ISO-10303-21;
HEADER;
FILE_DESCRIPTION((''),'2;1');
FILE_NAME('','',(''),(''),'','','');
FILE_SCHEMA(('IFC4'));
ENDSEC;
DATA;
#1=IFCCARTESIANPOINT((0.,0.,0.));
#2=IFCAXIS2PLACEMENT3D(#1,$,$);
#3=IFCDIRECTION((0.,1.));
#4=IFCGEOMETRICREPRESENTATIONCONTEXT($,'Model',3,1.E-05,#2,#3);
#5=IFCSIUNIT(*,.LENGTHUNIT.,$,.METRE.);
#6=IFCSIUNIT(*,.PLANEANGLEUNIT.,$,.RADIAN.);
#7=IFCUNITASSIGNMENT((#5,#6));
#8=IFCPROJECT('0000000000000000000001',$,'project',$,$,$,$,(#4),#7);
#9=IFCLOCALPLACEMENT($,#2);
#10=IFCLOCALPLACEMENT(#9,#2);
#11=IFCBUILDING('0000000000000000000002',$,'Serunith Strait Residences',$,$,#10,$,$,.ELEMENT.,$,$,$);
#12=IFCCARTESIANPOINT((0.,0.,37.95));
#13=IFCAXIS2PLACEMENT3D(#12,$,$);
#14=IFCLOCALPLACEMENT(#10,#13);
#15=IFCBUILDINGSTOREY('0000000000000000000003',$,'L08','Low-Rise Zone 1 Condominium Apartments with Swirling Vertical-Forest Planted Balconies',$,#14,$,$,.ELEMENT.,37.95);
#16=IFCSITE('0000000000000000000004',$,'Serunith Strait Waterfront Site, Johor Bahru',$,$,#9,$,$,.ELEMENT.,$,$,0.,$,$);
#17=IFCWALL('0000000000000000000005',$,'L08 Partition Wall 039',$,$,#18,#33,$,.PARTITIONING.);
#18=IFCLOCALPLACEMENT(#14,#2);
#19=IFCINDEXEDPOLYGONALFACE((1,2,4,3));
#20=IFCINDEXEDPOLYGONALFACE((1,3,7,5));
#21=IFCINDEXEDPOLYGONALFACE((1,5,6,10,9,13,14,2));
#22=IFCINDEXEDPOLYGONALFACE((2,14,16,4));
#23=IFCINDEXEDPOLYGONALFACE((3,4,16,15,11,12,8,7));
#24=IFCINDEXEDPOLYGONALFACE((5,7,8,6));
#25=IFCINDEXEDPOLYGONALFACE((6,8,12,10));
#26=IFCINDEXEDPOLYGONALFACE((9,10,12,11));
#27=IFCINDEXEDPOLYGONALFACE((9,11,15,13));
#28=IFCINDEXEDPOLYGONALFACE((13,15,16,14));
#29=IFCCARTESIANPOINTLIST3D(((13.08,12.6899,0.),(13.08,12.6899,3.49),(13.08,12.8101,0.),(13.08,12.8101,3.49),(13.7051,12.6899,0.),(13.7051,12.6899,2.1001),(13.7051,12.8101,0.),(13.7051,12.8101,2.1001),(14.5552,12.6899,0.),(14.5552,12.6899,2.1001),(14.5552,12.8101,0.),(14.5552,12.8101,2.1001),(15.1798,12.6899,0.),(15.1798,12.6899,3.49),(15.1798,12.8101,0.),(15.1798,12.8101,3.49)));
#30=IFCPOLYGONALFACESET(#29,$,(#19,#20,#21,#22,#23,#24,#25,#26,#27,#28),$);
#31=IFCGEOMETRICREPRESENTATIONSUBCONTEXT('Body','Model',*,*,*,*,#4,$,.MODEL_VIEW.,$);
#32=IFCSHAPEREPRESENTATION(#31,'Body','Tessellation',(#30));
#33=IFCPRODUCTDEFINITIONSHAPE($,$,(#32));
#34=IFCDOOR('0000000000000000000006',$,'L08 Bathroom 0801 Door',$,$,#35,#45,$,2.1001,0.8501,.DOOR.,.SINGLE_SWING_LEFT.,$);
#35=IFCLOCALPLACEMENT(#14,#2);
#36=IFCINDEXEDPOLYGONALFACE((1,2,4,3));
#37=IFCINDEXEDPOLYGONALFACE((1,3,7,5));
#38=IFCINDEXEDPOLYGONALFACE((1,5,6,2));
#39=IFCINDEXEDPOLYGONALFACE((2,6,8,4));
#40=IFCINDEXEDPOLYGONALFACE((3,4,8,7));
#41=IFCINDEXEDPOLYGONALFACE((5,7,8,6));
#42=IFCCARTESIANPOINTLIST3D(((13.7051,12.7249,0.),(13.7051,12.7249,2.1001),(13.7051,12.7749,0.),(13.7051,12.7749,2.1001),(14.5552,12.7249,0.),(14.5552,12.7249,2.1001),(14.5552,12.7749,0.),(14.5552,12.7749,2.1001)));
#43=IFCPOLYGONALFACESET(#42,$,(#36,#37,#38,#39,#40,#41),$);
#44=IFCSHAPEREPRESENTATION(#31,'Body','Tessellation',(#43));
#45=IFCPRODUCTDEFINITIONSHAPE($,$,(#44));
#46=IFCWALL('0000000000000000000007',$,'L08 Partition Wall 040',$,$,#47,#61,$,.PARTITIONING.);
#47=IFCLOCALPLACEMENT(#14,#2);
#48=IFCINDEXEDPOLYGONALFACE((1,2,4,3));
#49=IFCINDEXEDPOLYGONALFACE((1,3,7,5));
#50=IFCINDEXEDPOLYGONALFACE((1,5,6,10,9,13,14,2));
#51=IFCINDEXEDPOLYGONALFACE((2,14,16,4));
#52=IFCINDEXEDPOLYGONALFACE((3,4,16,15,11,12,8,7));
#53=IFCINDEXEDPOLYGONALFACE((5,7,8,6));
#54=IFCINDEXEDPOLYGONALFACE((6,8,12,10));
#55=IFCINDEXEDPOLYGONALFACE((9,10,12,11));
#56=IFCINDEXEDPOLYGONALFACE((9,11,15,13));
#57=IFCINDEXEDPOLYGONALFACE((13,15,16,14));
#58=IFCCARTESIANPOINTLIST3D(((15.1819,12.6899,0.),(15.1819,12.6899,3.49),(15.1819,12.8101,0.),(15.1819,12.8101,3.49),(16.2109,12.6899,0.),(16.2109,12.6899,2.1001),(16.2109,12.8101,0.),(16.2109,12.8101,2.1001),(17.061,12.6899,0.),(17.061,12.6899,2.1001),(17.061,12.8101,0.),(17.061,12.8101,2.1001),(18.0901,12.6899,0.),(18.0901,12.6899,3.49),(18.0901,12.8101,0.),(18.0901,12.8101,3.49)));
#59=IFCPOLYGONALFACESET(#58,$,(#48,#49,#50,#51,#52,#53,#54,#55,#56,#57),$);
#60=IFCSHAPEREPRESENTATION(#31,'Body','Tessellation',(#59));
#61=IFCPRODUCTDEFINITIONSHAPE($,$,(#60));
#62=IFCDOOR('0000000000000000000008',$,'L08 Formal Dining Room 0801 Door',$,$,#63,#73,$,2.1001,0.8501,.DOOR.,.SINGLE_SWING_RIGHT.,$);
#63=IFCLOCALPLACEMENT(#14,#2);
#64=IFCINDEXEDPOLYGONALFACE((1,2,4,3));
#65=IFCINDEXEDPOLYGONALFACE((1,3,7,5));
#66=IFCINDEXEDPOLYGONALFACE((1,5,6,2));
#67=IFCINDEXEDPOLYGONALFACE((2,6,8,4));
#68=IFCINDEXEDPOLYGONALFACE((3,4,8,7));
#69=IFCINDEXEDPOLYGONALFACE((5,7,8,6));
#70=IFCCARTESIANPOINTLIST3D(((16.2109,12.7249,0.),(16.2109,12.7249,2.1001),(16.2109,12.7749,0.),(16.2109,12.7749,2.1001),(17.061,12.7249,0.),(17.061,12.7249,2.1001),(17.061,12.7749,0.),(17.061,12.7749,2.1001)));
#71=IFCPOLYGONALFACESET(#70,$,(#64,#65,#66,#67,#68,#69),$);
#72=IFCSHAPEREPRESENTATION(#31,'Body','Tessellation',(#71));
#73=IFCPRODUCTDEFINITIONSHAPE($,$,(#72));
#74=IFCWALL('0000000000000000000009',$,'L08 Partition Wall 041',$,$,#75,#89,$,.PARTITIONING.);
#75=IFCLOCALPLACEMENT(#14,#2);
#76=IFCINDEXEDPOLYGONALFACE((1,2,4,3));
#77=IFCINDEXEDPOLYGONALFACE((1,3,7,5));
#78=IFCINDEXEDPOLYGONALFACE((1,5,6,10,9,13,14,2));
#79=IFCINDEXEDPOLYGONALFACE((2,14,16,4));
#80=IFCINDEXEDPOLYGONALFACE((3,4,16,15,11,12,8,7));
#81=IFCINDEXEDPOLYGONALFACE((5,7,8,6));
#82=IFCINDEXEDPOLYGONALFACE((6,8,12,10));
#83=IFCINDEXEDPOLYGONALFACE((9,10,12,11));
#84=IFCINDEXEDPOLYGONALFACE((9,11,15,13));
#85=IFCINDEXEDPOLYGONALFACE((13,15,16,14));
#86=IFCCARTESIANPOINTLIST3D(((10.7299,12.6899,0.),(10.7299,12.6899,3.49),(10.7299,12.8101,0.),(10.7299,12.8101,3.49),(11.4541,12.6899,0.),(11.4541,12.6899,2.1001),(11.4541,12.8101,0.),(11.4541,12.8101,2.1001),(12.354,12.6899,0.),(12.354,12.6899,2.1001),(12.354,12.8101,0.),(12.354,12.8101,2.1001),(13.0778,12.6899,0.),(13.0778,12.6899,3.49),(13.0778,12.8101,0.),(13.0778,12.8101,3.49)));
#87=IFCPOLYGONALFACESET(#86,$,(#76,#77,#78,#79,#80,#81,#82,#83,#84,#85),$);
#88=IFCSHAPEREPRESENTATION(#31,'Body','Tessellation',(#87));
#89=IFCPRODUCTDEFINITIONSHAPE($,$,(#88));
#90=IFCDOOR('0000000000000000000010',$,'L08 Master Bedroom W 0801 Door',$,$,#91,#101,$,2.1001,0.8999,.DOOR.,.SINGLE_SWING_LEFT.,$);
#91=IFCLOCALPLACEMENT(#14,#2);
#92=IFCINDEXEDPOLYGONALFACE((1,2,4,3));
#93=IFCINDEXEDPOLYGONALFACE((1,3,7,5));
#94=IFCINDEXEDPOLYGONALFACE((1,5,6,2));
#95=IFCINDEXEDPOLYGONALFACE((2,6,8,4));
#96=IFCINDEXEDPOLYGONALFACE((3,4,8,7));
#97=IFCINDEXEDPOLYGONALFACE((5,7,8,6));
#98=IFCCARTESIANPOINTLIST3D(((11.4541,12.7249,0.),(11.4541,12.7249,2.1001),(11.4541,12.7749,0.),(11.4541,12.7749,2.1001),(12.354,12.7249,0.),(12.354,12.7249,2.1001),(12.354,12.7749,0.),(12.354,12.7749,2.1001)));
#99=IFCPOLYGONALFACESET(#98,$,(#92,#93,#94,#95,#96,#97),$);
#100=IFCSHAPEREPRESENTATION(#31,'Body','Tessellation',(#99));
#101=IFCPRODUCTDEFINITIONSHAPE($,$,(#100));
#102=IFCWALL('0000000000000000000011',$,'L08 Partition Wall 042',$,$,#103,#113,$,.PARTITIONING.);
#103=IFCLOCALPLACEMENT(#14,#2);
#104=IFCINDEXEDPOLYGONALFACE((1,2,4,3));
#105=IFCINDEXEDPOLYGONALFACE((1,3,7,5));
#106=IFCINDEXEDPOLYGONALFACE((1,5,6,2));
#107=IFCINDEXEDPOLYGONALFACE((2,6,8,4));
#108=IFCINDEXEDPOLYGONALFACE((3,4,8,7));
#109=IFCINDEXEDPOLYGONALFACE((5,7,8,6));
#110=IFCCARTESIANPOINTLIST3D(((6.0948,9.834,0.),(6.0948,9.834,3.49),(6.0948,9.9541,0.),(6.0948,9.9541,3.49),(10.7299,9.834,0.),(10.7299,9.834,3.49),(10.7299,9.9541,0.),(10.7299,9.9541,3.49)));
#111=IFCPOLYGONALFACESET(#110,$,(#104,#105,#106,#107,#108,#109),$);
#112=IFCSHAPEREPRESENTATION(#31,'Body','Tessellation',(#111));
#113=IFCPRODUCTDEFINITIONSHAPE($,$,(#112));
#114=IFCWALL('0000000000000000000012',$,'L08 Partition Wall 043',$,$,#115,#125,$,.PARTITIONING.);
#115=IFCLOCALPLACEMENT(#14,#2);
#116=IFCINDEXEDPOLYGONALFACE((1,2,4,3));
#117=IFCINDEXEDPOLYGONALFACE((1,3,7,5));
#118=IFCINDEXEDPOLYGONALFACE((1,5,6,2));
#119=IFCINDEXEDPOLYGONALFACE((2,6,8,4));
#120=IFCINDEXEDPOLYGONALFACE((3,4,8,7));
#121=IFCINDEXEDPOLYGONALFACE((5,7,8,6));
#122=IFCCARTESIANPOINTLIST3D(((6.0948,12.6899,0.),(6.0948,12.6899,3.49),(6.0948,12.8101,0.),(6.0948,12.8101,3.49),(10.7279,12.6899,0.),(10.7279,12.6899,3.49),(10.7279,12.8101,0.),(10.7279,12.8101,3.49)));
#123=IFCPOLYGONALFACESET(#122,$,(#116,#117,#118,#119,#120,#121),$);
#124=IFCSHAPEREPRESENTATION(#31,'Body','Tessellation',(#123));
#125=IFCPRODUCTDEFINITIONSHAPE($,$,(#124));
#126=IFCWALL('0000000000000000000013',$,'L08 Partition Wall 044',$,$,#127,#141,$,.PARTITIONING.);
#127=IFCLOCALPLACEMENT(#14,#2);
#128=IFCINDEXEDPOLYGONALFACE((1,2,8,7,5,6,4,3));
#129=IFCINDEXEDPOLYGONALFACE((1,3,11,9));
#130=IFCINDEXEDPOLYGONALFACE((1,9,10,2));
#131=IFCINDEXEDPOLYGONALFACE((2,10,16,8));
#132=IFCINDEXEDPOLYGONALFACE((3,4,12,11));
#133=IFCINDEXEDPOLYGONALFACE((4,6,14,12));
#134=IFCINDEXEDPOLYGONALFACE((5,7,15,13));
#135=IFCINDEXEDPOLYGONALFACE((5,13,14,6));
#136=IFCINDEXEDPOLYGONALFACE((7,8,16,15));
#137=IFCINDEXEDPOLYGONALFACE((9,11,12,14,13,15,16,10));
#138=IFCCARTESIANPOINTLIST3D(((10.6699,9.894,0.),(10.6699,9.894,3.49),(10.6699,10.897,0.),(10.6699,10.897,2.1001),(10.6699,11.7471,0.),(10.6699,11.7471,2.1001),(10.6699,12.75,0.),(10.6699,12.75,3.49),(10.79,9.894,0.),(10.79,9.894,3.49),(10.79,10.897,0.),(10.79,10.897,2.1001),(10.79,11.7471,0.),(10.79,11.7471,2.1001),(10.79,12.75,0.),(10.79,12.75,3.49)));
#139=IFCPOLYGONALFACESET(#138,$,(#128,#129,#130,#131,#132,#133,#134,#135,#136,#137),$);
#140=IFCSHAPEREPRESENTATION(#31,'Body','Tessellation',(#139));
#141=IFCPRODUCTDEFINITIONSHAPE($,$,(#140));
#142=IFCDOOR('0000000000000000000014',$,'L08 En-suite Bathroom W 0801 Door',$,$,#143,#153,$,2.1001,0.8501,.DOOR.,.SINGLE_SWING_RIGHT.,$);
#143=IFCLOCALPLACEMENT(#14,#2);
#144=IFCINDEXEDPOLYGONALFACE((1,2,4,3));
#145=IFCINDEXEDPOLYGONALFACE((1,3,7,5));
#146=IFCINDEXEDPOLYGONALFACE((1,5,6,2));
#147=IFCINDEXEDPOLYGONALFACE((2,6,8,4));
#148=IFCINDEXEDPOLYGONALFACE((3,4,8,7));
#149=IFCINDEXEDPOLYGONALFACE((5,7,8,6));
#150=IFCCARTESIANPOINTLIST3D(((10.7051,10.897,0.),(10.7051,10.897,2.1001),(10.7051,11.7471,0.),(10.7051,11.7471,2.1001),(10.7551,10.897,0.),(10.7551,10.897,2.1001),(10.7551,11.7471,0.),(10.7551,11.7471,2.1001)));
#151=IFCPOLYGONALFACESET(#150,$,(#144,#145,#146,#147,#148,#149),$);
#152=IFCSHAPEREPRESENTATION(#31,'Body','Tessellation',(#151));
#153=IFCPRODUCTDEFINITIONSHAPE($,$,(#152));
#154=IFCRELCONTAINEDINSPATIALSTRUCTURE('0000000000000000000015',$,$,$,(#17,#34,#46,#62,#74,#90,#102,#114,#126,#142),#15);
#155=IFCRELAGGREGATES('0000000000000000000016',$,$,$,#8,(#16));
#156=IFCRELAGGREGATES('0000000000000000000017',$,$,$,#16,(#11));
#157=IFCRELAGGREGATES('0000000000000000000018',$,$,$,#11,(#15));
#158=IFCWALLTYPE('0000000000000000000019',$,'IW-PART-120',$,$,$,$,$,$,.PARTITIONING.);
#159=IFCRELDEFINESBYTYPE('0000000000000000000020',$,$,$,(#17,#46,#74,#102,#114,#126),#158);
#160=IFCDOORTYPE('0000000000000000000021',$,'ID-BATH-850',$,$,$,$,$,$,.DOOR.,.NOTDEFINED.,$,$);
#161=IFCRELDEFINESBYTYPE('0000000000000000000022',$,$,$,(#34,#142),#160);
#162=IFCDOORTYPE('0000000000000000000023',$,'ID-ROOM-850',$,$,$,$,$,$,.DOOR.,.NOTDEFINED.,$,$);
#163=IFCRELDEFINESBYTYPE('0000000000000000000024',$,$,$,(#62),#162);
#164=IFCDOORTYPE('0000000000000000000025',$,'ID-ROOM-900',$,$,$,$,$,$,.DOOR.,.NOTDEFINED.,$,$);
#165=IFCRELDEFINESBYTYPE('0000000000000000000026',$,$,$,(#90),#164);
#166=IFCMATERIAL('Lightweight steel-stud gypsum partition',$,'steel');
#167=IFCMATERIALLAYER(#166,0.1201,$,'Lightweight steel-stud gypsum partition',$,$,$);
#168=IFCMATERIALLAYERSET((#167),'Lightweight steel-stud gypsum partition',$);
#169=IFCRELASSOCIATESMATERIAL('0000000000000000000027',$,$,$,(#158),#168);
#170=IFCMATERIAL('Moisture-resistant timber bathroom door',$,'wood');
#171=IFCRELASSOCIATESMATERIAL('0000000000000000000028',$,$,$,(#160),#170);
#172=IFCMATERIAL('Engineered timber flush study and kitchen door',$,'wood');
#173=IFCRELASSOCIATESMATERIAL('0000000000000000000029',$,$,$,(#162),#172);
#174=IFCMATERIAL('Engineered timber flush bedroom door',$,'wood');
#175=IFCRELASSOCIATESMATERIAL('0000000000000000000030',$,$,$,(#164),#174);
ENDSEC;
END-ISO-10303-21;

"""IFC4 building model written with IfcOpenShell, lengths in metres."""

from ifc_helpers import new_model, si_unit, direction, frame, frame_2d, origin, place, context, subcontext, project, spatial, rectangle, extrude, source, transform, mapped, material, layer, layer_set, type_object, element, fill, save


model = new_model("IFC4")

# Units and contexts
model_context = context("Model", 3, precision=1e-05, world=origin(), true_north=direction((0.0, 1.0)))
body_context = subcontext(model_context, "Body", "Model", "MODEL_VIEW")
ifc_project = project(units=[si_unit("LENGTHUNIT", "METRE"), si_unit("PLANEANGLEUNIT", "RADIAN")], contexts=[model_context])

# Site, building, storey
site_placement = place(None, origin())
site = spatial("IfcSite", under=ifc_project, at=site_placement, Name="Serunith Strait Waterfront Site, Johor Bahru", CompositionType="ELEMENT", RefElevation=0.0)
building_placement = place(site_placement, origin())
building = spatial("IfcBuilding", under=site, at=building_placement, Name="Serunith Strait Residences", CompositionType="ELEMENT")
storey_placement = place(building_placement, frame((0.0, 0.0, 37.95)))
storey = spatial("IfcBuildingStorey", under=building, at=storey_placement, Name="L08", Description="Low-Rise Zone 1 Condominium Apartments with Swirling Vertical-Forest Planted Balconies", CompositionType="ELEMENT", Elevation=37.95)

# Walls, openings, doors
ifc_material_1 = material(Name="Lightweight steel-stud gypsum partition", Category="steel")
ifc_layer_1 = layer(ifc_material_1, 0.1201, Name="Lightweight steel-stud gypsum partition")
ifc_layer_set_1 = layer_set([ifc_layer_1], Name="Lightweight steel-stud gypsum partition")
wall_type_1 = type_object("IfcWallType", Name="IW-PART-120", PredefinedType="PARTITIONING", material=ifc_layer_set_1)
wall_1_placement = place(storey_placement, frame((13.0801, 12.75, 0.0), z_axis=(0.0, 0.0, 1.0), x_axis=(1.0, 0.0, 0.0)))
wall_1 = element("IfcWall", 1, at=wall_1_placement, inside=storey, type_object=wall_type_1, Name="L08 Partition Wall 039", PredefinedType="PARTITIONING", context=body_context, shape_type="SweptSolid", body=[
    extrude(rectangle(XDim=2.0999, YDim=0.1201, at=frame_2d((1.0498, 0.0))), origin(), (0.0, 0.0, 1.0), 3.49),
])
opening_1_placement = place(wall_1_placement, frame((0.625, 0.0, 0.0)))
opening_1 = element("IfcOpeningElement", 2, at=opening_1_placement, cuts=wall_1, PredefinedType="OPENING", context=body_context, shape_type="SweptSolid", body=[
    extrude(rectangle(XDim=0.8501, YDim=2.1001, at=frame_2d((0.425, 1.05))), frame((0.0, 0.0701, 0.0), z_axis=(0.0, -1.0, 0.0), x_axis=(1.0, 0.0, 0.0)), (0.0, 0.0, 1.0), 0.1401),
])
ifc_material_2 = material(Name="Moisture-resistant timber bathroom door", Category="wood")
door_type_1 = type_object("IfcDoorType", Name="ID-BATH-850", OperationType="NOTDEFINED", PredefinedType="DOOR", material=ifc_material_2)
shared_shape_1 = source(origin(), body_context, "Body", "SweptSolid", [
    extrude(rectangle(XDim=0.8501, YDim=2.1001, at=frame_2d((0.425, 1.05))), frame((0.0, 0.0249, 0.0), z_axis=(0.0, -1.0, 0.0), x_axis=(1.0, 0.0, 0.0)), (0.0, 0.0, 1.0), 0.05),
])
door_1_placement = place(opening_1_placement, origin())
door_1 = element("IfcDoor", 3, at=door_1_placement, inside=storey, type_object=door_type_1, Name="L08 Bathroom 0801 Door", OperationType="SINGLE_SWING_LEFT", OverallHeight=2.1001, OverallWidth=0.8501, PredefinedType="DOOR", context=body_context, shape_type="MappedRepresentation", body=[
    mapped(shared_shape_1, transform((0.0, 0.0, 0.0), scale=1.0)),
])
fill(opening_1, door_1)
wall_2_placement = place(storey_placement, frame((15.1819, 12.75, 0.0), z_axis=(0.0, 0.0, 1.0), x_axis=(1.0, 0.0, 0.0)))
wall_2 = element("IfcWall", 4, at=wall_2_placement, inside=storey, type_object=wall_type_1, Name="L08 Partition Wall 040", PredefinedType="PARTITIONING", context=body_context, shape_type="SweptSolid", body=[
    extrude(rectangle(XDim=2.9082, YDim=0.1201, at=frame_2d((1.4541, 0.0))), origin(), (0.0, 0.0, 1.0), 3.49),
])
opening_2_placement = place(wall_2_placement, frame((1.0291, 0.0, 0.0)))
opening_2 = element("IfcOpeningElement", 5, at=opening_2_placement, cuts=wall_2, PredefinedType="OPENING", context=body_context, shape_type="SweptSolid", body=[
    extrude(rectangle(XDim=0.8501, YDim=2.1001, at=frame_2d((0.425, 1.05))), frame((0.0, 0.0701, 0.0), z_axis=(0.0, -1.0, 0.0), x_axis=(1.0, 0.0, 0.0)), (0.0, 0.0, 1.0), 0.1401),
])
ifc_material_3 = material(Name="Engineered timber flush study and kitchen door", Category="wood")
door_type_2 = type_object("IfcDoorType", Name="ID-ROOM-850", OperationType="NOTDEFINED", PredefinedType="DOOR", material=ifc_material_3)
door_2_placement = place(opening_2_placement, origin())
door_2 = element("IfcDoor", 6, at=door_2_placement, inside=storey, type_object=door_type_2, Name="L08 Formal Dining Room 0801 Door", OperationType="SINGLE_SWING_RIGHT", OverallHeight=2.1001, OverallWidth=0.8501, PredefinedType="DOOR", context=body_context, shape_type="MappedRepresentation", body=[
    mapped(shared_shape_1, transform((0.0, 0.0, 0.0), scale=1.0)),
])
fill(opening_2, door_2)
wall_3_placement = place(storey_placement, frame((10.73, 12.75, 0.0), z_axis=(0.0, 0.0, 1.0), x_axis=(1.0, 0.0, 0.0)))
wall_3 = element("IfcWall", 7, at=wall_3_placement, inside=storey, type_object=wall_type_1, Name="L08 Partition Wall 041", PredefinedType="PARTITIONING", context=body_context, shape_type="SweptSolid", body=[
    extrude(rectangle(XDim=2.3479, YDim=0.1201, at=frame_2d((1.1738, 0.0))), origin(), (0.0, 0.0, 1.0), 3.49),
])
opening_3_placement = place(wall_3_placement, frame((0.7241, 0.0, 0.0)))
opening_3 = element("IfcOpeningElement", 8, at=opening_3_placement, cuts=wall_3, PredefinedType="OPENING", context=body_context, shape_type="SweptSolid", body=[
    extrude(rectangle(XDim=0.8999, YDim=2.1001, at=frame_2d((0.45, 1.05))), frame((0.0, 0.0701, 0.0), z_axis=(0.0, -1.0, 0.0), x_axis=(1.0, 0.0, 0.0)), (0.0, 0.0, 1.0), 0.1401),
])
ifc_material_4 = material(Name="Engineered timber flush bedroom door", Category="wood")
door_type_3 = type_object("IfcDoorType", Name="ID-ROOM-900", OperationType="NOTDEFINED", PredefinedType="DOOR", material=ifc_material_4)
shared_shape_2 = source(origin(), body_context, "Body", "SweptSolid", [
    extrude(rectangle(XDim=0.8999, YDim=2.1001, at=frame_2d((0.45, 1.05))), frame((0.0, 0.0249, 0.0), z_axis=(0.0, -1.0, 0.0), x_axis=(1.0, 0.0, 0.0)), (0.0, 0.0, 1.0), 0.05),
])
door_3_placement = place(opening_3_placement, origin())
door_3 = element("IfcDoor", 9, at=door_3_placement, inside=storey, type_object=door_type_3, Name="L08 Master Bedroom W 0801 Door", OperationType="SINGLE_SWING_LEFT", OverallHeight=2.1001, OverallWidth=0.8999, PredefinedType="DOOR", context=body_context, shape_type="MappedRepresentation", body=[
    mapped(shared_shape_2, transform((0.0, 0.0, 0.0), scale=1.0)),
])
fill(opening_3, door_3)

# Walls
wall_4_placement = place(storey_placement, frame((6.095, 9.894, 0.0), z_axis=(0.0, 0.0, 1.0), x_axis=(1.0, 0.0, 0.0)))
element("IfcWall", 10, at=wall_4_placement, inside=storey, type_object=wall_type_1, Name="L08 Partition Wall 042", PredefinedType="PARTITIONING", context=body_context, shape_type="SweptSolid", body=[
    extrude(rectangle(XDim=4.635, YDim=0.1201, at=frame_2d((2.3174, 0.0))), origin(), (0.0, 0.0, 1.0), 3.49),
])
wall_5_placement = place(storey_placement, frame((6.095, 12.75, 0.0), z_axis=(0.0, 0.0, 1.0), x_axis=(1.0, 0.0, 0.0)))
element("IfcWall", 11, at=wall_5_placement, inside=storey, type_object=wall_type_1, Name="L08 Partition Wall 043", PredefinedType="PARTITIONING", context=body_context, shape_type="SweptSolid", body=[
    extrude(rectangle(XDim=4.6331, YDim=0.1201, at=frame_2d((2.3164, 0.0))), origin(), (0.0, 0.0, 1.0), 3.49),
])

# Wall, opening, door
wall_6_placement = place(storey_placement, frame((10.73, 9.894, 0.0), z_axis=(0.0, 0.0, 1.0), x_axis=(0.0, 1.0, 0.0)))
wall_6 = element("IfcWall", 12, at=wall_6_placement, inside=storey, type_object=wall_type_1, Name="L08 Partition Wall 044", PredefinedType="PARTITIONING", context=body_context, shape_type="SweptSolid", body=[
    extrude(rectangle(XDim=2.856, YDim=0.1201, at=frame_2d((1.428, 0.0))), origin(), (0.0, 0.0, 1.0), 3.49),
])
opening_4_placement = place(wall_6_placement, frame((1.0029, 0.0, 0.0)))
opening_4 = element("IfcOpeningElement", 13, at=opening_4_placement, cuts=wall_6, PredefinedType="OPENING", context=body_context, shape_type="SweptSolid", body=[
    extrude(rectangle(XDim=0.8501, YDim=2.1001, at=frame_2d((0.425, 1.05))), frame((0.0, 0.0701, 0.0), z_axis=(0.0, -1.0, 0.0), x_axis=(1.0, 0.0, 0.0)), (0.0, 0.0, 1.0), 0.1401),
])
door_4_placement = place(opening_4_placement, origin())
door_4 = element("IfcDoor", 14, at=door_4_placement, inside=storey, type_object=door_type_1, Name="L08 En-suite Bathroom W 0801 Door", OperationType="SINGLE_SWING_RIGHT", OverallHeight=2.1001, OverallWidth=0.8501, PredefinedType="DOOR", context=body_context, shape_type="MappedRepresentation", body=[
    mapped(shared_shape_1, transform((0.0, 0.0, 0.0), scale=1.0)),
])
fill(opening_4, door_4)

save(model, "model.ifc")
